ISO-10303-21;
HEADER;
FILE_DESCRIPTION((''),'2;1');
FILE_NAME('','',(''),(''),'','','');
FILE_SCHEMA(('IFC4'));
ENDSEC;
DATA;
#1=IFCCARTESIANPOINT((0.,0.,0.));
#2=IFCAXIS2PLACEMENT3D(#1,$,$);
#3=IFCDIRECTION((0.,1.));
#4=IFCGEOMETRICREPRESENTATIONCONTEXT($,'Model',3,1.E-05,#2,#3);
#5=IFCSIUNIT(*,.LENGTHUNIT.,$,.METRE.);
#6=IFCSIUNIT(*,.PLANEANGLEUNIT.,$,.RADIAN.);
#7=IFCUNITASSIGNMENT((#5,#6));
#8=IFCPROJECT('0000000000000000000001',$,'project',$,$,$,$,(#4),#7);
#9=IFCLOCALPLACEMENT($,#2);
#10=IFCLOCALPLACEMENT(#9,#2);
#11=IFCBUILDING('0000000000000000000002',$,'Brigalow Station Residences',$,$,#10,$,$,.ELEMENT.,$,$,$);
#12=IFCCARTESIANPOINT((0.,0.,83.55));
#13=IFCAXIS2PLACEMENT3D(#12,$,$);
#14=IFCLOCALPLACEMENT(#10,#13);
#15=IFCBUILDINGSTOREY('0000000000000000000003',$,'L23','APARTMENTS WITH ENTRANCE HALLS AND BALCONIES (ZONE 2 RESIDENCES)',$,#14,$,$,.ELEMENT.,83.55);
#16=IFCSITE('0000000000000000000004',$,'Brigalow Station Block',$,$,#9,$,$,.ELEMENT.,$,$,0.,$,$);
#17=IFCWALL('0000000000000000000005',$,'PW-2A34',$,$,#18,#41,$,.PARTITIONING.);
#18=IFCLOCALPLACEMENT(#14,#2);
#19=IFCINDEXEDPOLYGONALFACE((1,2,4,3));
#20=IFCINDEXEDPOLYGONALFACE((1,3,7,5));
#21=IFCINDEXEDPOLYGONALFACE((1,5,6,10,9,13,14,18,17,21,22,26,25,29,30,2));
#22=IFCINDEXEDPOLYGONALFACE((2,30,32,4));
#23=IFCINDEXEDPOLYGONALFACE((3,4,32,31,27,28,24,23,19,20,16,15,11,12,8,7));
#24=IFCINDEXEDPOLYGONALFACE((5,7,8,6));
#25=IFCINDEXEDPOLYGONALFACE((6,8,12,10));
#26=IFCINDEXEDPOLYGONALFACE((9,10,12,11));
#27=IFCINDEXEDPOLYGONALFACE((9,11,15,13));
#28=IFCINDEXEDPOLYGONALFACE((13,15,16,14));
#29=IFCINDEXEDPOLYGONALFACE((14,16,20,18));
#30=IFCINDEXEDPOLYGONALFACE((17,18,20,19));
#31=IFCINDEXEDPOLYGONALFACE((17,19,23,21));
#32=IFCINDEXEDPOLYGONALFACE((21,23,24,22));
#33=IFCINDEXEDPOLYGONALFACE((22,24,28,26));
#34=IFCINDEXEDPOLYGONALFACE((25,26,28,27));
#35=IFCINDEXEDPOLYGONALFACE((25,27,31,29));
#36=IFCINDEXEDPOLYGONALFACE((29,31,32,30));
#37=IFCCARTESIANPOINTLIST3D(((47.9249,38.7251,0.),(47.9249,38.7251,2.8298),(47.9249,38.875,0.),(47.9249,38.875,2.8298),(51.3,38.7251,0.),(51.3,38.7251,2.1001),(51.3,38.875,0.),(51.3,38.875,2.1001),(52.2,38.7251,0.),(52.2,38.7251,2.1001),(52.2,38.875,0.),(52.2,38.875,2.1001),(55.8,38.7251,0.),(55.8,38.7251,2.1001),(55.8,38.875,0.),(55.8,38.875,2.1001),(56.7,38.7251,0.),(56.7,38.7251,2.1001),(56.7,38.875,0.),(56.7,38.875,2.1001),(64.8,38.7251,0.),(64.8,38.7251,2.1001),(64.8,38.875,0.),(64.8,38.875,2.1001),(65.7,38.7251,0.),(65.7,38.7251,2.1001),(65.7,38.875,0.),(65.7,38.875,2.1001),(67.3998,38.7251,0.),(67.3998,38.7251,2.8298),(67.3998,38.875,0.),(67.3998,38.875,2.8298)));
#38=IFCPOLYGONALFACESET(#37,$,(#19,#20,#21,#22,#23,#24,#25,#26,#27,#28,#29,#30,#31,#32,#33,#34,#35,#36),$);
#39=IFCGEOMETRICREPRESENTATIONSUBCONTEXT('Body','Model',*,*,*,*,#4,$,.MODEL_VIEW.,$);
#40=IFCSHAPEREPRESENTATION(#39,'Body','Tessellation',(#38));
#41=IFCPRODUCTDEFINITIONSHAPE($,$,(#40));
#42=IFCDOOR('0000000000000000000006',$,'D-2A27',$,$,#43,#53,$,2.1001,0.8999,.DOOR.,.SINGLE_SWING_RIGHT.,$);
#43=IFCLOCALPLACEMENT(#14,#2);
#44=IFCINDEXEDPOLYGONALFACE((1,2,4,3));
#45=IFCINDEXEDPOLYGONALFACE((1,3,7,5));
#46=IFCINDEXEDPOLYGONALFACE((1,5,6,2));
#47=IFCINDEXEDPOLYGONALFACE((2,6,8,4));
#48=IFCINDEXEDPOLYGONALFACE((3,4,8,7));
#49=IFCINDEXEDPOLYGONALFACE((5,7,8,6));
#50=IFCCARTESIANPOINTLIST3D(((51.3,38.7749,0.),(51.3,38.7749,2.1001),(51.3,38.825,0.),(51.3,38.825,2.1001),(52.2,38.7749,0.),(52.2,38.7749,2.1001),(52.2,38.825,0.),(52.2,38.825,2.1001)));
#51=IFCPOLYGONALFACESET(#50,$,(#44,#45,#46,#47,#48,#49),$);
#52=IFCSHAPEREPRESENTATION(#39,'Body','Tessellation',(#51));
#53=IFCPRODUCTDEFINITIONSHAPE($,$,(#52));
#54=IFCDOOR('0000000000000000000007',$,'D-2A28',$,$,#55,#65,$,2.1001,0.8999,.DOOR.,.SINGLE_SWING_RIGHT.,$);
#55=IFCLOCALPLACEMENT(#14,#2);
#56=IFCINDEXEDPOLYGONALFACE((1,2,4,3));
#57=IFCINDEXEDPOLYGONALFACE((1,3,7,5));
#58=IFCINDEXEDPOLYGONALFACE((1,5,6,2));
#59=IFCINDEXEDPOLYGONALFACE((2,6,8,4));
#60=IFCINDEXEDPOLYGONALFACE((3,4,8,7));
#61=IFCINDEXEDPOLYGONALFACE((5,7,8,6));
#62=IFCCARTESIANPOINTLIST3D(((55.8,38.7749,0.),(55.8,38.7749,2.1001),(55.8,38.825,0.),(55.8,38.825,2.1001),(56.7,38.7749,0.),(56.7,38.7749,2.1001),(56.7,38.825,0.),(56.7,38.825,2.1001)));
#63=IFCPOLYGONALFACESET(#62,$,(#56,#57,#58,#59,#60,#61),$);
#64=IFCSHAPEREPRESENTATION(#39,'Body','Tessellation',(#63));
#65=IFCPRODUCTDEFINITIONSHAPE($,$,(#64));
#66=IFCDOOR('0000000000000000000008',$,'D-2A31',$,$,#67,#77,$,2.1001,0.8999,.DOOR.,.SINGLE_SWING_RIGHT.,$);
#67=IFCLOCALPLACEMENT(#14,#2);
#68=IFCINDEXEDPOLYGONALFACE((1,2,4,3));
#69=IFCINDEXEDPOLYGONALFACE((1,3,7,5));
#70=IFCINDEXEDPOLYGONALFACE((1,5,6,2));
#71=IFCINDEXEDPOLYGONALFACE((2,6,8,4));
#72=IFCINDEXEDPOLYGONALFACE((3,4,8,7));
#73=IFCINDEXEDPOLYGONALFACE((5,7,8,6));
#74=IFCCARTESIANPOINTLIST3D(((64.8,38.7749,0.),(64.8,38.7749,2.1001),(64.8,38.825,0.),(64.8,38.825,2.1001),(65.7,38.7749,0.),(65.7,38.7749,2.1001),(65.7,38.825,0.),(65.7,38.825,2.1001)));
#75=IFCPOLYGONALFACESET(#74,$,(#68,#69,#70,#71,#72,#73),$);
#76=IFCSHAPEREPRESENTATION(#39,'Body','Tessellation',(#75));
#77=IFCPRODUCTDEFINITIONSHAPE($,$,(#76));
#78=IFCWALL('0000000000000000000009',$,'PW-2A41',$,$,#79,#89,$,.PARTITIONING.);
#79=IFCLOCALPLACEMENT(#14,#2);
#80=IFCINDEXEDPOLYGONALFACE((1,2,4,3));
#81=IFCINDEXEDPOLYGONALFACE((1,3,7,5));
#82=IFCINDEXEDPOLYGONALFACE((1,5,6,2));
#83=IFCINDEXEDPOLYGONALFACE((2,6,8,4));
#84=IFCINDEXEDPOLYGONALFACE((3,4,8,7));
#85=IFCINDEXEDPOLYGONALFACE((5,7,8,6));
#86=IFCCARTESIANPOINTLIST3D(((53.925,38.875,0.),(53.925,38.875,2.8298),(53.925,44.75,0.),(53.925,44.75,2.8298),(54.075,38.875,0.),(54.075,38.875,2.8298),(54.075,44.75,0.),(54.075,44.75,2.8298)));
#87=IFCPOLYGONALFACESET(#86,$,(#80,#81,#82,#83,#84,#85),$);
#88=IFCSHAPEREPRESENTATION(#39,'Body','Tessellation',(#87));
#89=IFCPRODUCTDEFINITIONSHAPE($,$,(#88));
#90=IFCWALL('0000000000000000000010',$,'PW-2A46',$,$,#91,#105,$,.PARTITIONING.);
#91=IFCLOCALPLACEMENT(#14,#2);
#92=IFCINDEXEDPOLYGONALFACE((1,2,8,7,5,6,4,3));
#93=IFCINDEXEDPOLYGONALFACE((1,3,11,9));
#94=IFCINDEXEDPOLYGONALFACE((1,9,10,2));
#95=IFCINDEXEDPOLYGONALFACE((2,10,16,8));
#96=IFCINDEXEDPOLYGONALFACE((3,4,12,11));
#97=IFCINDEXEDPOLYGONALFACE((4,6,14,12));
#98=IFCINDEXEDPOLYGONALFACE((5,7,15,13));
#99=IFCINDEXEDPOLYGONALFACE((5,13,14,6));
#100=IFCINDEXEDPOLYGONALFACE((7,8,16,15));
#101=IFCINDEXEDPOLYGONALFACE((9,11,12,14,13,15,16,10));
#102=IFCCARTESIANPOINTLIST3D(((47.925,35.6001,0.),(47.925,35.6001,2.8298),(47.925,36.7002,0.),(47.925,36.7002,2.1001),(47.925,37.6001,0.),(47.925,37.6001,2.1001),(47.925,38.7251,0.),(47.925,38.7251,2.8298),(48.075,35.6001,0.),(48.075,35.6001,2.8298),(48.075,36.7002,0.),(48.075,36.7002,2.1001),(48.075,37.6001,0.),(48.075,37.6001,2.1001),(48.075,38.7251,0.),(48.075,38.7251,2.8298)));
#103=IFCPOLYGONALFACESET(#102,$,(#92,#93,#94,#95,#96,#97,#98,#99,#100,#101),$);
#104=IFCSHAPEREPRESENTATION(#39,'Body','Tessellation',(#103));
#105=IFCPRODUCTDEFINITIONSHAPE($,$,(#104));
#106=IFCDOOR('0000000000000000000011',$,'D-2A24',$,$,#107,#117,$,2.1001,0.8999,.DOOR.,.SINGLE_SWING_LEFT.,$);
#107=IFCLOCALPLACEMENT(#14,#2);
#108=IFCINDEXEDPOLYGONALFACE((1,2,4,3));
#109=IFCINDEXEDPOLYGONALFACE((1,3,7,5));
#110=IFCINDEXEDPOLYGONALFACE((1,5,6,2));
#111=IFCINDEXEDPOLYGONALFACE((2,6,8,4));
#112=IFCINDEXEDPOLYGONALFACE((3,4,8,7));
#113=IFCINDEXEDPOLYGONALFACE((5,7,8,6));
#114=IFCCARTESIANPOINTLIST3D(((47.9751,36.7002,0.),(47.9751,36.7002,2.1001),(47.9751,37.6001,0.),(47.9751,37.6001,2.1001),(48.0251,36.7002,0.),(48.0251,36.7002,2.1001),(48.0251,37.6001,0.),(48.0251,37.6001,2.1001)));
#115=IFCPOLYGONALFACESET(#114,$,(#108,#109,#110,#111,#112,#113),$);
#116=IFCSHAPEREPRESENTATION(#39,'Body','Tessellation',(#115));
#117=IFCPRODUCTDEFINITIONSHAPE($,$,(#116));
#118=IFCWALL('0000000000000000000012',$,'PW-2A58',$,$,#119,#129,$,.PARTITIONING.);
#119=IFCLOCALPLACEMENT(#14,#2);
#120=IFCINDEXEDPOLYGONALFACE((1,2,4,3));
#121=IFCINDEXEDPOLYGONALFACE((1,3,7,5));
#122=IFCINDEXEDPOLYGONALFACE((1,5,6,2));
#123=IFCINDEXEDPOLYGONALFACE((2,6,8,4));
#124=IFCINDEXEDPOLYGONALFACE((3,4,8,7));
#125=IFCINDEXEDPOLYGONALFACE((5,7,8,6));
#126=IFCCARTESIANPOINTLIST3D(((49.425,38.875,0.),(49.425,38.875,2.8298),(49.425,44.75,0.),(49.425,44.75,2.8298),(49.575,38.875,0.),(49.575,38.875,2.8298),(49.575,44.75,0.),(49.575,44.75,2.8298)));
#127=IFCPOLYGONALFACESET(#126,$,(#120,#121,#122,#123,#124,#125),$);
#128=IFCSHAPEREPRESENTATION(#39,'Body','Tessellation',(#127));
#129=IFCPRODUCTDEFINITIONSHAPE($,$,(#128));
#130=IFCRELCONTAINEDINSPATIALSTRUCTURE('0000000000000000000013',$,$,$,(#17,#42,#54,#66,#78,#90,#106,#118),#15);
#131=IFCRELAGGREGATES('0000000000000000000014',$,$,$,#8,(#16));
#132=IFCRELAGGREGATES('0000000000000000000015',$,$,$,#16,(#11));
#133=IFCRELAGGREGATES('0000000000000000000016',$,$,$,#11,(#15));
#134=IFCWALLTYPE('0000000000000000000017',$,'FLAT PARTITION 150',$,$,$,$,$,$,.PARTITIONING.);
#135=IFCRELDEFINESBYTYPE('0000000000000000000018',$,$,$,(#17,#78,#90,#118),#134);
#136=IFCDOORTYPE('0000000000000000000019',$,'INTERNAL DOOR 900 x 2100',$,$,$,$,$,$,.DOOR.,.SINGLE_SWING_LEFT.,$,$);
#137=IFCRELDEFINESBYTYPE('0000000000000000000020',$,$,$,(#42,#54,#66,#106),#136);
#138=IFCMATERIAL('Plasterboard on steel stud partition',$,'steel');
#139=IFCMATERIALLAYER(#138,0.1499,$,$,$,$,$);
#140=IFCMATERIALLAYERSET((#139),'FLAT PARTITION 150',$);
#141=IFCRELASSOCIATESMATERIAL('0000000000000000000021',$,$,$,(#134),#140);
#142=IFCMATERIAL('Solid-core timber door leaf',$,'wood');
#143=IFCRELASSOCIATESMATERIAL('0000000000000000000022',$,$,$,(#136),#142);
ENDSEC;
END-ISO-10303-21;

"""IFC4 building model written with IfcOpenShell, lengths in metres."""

from ifc_helpers import new_model, si_unit, direction, frame, frame_2d, origin, place, context, subcontext, project, spatial, rectangle, extrude, material, layer, layer_set, type_object, element, fill, save


model = new_model("IFC4")

# Units and contexts
model_context = context("Model", 3, precision=1e-05, world=origin(), true_north=direction((0.0, 1.0)))
body_context = subcontext(model_context, "Body", "Model", "MODEL_VIEW")
ifc_project = project(units=[si_unit("LENGTHUNIT", "METRE"), si_unit("PLANEANGLEUNIT", "RADIAN")], contexts=[model_context])

# Site, building, storey
site_placement = place(None, origin())
site = spatial("IfcSite", under=ifc_project, at=site_placement, Name="Brigalow Station Block", CompositionType="ELEMENT", RefElevation=0.0)
building_placement = place(site_placement, origin())
building = spatial("IfcBuilding", under=site, at=building_placement, Name="Brigalow Station Residences", CompositionType="ELEMENT")
storey_placement = place(building_placement, frame((0.0, 0.0, 83.55)))
storey = spatial("IfcBuildingStorey", under=building, at=storey_placement, Name="L23", Description="APARTMENTS WITH ENTRANCE HALLS AND BALCONIES (ZONE 2 RESIDENCES)", CompositionType="ELEMENT", Elevation=83.55)

# Wall, openings, doors
ifc_material_1 = material(Name="Plasterboard on steel stud partition", Category="steel")
ifc_layer_1 = layer(ifc_material_1, 0.1499)
ifc_layer_set_1 = layer_set([ifc_layer_1], Name="FLAT PARTITION 150")
wall_type_1 = type_object("IfcWallType", Name="FLAT PARTITION 150", PredefinedType="PARTITIONING", material=ifc_layer_set_1)
wall_1_placement = place(storey_placement, frame((47.925, 38.8, 0.0), z_axis=(0.0, 0.0, 1.0), x_axis=(1.0, 0.0, 0.0)))
wall_1 = element("IfcWall", 1, at=wall_1_placement, inside=storey, type_object=wall_type_1, Name="PW-2A34", PredefinedType="PARTITIONING", context=body_context, shape_type="SweptSolid", body=[
    extrude(rectangle(XDim=19.4749, YDim=0.1499, at=frame_2d((9.7373, 0.0))), origin(), (0.0, 0.0, 1.0), 2.8298),
])
opening_1_placement = place(wall_1_placement, frame((3.375, 0.0, 0.0)))
opening_1 = element("IfcOpeningElement", 2, at=opening_1_placement, cuts=wall_1, PredefinedType="OPENING", context=body_context, shape_type="SweptSolid", body=[
    extrude(rectangle(XDim=0.8999, YDim=2.1001, at=frame_2d((0.45, 1.05))), frame((0.0, 0.085, 0.0), z_axis=(0.0, -1.0, 0.0), x_axis=(1.0, 0.0, 0.0)), (0.0, 0.0, 1.0), 0.1699),
])
opening_2_placement = place(wall_1_placement, frame((7.875, 0.0, 0.0)))
opening_2 = element("IfcOpeningElement", 3, at=opening_2_placement, cuts=wall_1, PredefinedType="OPENING", context=body_context, shape_type="SweptSolid", body=[
    extrude(rectangle(XDim=0.8999, YDim=2.1001, at=frame_2d((0.45, 1.05))), frame((0.0, 0.085, 0.0), z_axis=(0.0, -1.0, 0.0), x_axis=(1.0, 0.0, 0.0)), (0.0, 0.0, 1.0), 0.1699),
])
opening_3_placement = place(wall_1_placement, frame((16.875, 0.0, 0.0)))
opening_3 = element("IfcOpeningElement", 4, at=opening_3_placement, cuts=wall_1, PredefinedType="OPENING", context=body_context, shape_type="SweptSolid", body=[
    extrude(rectangle(XDim=0.8999, YDim=2.1001, at=frame_2d((0.45, 1.05))), frame((0.0, 0.085, 0.0), z_axis=(0.0, -1.0, 0.0), x_axis=(1.0, 0.0, 0.0)), (0.0, 0.0, 1.0), 0.1699),
])
ifc_material_2 = material(Name="Solid-core timber door leaf", Category="wood")
door_type_1 = type_object("IfcDoorType", Name="INTERNAL DOOR 900 x 2100", OperationType="SINGLE_SWING_LEFT", PredefinedType="DOOR", material=ifc_material_2)
door_1_placement = place(opening_1_placement, origin())
door_1 = element("IfcDoor", 5, at=door_1_placement, inside=storey, type_object=door_type_1, Name="D-2A27", OperationType="SINGLE_SWING_RIGHT", OverallHeight=2.1001, OverallWidth=0.8999, PredefinedType="DOOR", context=body_context, shape_type="SweptSolid", body=[
    extrude(rectangle(XDim=0.8999, YDim=2.1001, at=frame_2d((0.45, 1.05))), frame((0.0, 0.0249, 0.0), z_axis=(0.0, -1.0, 0.0), x_axis=(1.0, 0.0, 0.0)), (0.0, 0.0, 1.0), 0.05),
])
fill(opening_1, door_1)
door_2_placement = place(opening_2_placement, origin())
door_2 = element("IfcDoor", 6, at=door_2_placement, inside=storey, type_object=door_type_1, Name="D-2A28", OperationType="SINGLE_SWING_RIGHT", OverallHeight=2.1001, OverallWidth=0.8999, PredefinedType="DOOR", context=body_context, shape_type="SweptSolid", body=[
    extrude(rectangle(XDim=0.8999, YDim=2.1001, at=frame_2d((0.45, 1.05))), frame((0.0, 0.0249, 0.0), z_axis=(0.0, -1.0, 0.0), x_axis=(1.0, 0.0, 0.0)), (0.0, 0.0, 1.0), 0.05),
])
fill(opening_2, door_2)
door_3_placement = place(opening_3_placement, origin())
door_3 = element("IfcDoor", 7, at=door_3_placement, inside=storey, type_object=door_type_1, Name="D-2A31", OperationType="SINGLE_SWING_RIGHT", OverallHeight=2.1001, OverallWidth=0.8999, PredefinedType="DOOR", context=body_context, shape_type="SweptSolid", body=[
    extrude(rectangle(XDim=0.8999, YDim=2.1001, at=frame_2d((0.45, 1.05))), frame((0.0, 0.0249, 0.0), z_axis=(0.0, -1.0, 0.0), x_axis=(1.0, 0.0, 0.0)), (0.0, 0.0, 1.0), 0.05),
])
fill(opening_3, door_3)

# Wall
wall_2_placement = place(storey_placement, frame((54.0, 38.875, 0.0), z_axis=(0.0, 0.0, 1.0), x_axis=(0.0, 1.0, 0.0)))
element("IfcWall", 8, at=wall_2_placement, inside=storey, type_object=wall_type_1, Name="PW-2A41", PredefinedType="PARTITIONING", context=body_context, shape_type="SweptSolid", body=[
    extrude(rectangle(XDim=5.875, YDim=0.1499, at=frame_2d((2.9375, 0.0))), origin(), (0.0, 0.0, 1.0), 2.8298),
])

# Wall, opening, door
wall_3_placement = place(storey_placement, frame((48.0, 35.6001, 0.0), z_axis=(0.0, 0.0, 1.0), x_axis=(0.0, 1.0, 0.0)))
wall_3 = element("IfcWall", 9, at=wall_3_placement, inside=storey, type_object=wall_type_1, Name="PW-2A46", PredefinedType="PARTITIONING", context=body_context, shape_type="SweptSolid", body=[
    extrude(rectangle(XDim=3.125, YDim=0.1499, at=frame_2d((1.5625, 0.0))), origin(), (0.0, 0.0, 1.0), 2.8298),
])
opening_4_placement = place(wall_3_placement, frame((1.1001, 0.0, 0.0)))
opening_4 = element("IfcOpeningElement", 10, at=opening_4_placement, cuts=wall_3, PredefinedType="OPENING", context=body_context, shape_type="SweptSolid", body=[
    extrude(rectangle(XDim=0.8999, YDim=2.1001, at=frame_2d((0.45, 1.05))), frame((0.0, 0.085, 0.0), z_axis=(0.0, -1.0, 0.0), x_axis=(1.0, 0.0, 0.0)), (0.0, 0.0, 1.0), 0.1699),
])
door_4_placement = place(opening_4_placement, origin())
door_4 = element("IfcDoor", 11, at=door_4_placement, inside=storey, type_object=door_type_1, Name="D-2A24", OperationType="SINGLE_SWING_LEFT", OverallHeight=2.1001, OverallWidth=0.8999, PredefinedType="DOOR", context=body_context, shape_type="SweptSolid", body=[
    extrude(rectangle(XDim=0.8999, YDim=2.1001, at=frame_2d((0.45, 1.05))), frame((0.0, 0.0249, 0.0), z_axis=(0.0, -1.0, 0.0), x_axis=(1.0, 0.0, 0.0)), (0.0, 0.0, 1.0), 0.05),
])
fill(opening_4, door_4)

# Wall
wall_4_placement = place(storey_placement, frame((49.5, 38.875, 0.0), z_axis=(0.0, 0.0, 1.0), x_axis=(0.0, 1.0, 0.0)))
element("IfcWall", 12, at=wall_4_placement, inside=storey, type_object=wall_type_1, Name="PW-2A58", PredefinedType="PARTITIONING", context=body_context, shape_type="SweptSolid", body=[
    extrude(rectangle(XDim=5.875, YDim=0.1499, at=frame_2d((2.9375, 0.0))), origin(), (0.0, 0.0, 1.0), 2.8298),
])

save(model, "model.ifc")
